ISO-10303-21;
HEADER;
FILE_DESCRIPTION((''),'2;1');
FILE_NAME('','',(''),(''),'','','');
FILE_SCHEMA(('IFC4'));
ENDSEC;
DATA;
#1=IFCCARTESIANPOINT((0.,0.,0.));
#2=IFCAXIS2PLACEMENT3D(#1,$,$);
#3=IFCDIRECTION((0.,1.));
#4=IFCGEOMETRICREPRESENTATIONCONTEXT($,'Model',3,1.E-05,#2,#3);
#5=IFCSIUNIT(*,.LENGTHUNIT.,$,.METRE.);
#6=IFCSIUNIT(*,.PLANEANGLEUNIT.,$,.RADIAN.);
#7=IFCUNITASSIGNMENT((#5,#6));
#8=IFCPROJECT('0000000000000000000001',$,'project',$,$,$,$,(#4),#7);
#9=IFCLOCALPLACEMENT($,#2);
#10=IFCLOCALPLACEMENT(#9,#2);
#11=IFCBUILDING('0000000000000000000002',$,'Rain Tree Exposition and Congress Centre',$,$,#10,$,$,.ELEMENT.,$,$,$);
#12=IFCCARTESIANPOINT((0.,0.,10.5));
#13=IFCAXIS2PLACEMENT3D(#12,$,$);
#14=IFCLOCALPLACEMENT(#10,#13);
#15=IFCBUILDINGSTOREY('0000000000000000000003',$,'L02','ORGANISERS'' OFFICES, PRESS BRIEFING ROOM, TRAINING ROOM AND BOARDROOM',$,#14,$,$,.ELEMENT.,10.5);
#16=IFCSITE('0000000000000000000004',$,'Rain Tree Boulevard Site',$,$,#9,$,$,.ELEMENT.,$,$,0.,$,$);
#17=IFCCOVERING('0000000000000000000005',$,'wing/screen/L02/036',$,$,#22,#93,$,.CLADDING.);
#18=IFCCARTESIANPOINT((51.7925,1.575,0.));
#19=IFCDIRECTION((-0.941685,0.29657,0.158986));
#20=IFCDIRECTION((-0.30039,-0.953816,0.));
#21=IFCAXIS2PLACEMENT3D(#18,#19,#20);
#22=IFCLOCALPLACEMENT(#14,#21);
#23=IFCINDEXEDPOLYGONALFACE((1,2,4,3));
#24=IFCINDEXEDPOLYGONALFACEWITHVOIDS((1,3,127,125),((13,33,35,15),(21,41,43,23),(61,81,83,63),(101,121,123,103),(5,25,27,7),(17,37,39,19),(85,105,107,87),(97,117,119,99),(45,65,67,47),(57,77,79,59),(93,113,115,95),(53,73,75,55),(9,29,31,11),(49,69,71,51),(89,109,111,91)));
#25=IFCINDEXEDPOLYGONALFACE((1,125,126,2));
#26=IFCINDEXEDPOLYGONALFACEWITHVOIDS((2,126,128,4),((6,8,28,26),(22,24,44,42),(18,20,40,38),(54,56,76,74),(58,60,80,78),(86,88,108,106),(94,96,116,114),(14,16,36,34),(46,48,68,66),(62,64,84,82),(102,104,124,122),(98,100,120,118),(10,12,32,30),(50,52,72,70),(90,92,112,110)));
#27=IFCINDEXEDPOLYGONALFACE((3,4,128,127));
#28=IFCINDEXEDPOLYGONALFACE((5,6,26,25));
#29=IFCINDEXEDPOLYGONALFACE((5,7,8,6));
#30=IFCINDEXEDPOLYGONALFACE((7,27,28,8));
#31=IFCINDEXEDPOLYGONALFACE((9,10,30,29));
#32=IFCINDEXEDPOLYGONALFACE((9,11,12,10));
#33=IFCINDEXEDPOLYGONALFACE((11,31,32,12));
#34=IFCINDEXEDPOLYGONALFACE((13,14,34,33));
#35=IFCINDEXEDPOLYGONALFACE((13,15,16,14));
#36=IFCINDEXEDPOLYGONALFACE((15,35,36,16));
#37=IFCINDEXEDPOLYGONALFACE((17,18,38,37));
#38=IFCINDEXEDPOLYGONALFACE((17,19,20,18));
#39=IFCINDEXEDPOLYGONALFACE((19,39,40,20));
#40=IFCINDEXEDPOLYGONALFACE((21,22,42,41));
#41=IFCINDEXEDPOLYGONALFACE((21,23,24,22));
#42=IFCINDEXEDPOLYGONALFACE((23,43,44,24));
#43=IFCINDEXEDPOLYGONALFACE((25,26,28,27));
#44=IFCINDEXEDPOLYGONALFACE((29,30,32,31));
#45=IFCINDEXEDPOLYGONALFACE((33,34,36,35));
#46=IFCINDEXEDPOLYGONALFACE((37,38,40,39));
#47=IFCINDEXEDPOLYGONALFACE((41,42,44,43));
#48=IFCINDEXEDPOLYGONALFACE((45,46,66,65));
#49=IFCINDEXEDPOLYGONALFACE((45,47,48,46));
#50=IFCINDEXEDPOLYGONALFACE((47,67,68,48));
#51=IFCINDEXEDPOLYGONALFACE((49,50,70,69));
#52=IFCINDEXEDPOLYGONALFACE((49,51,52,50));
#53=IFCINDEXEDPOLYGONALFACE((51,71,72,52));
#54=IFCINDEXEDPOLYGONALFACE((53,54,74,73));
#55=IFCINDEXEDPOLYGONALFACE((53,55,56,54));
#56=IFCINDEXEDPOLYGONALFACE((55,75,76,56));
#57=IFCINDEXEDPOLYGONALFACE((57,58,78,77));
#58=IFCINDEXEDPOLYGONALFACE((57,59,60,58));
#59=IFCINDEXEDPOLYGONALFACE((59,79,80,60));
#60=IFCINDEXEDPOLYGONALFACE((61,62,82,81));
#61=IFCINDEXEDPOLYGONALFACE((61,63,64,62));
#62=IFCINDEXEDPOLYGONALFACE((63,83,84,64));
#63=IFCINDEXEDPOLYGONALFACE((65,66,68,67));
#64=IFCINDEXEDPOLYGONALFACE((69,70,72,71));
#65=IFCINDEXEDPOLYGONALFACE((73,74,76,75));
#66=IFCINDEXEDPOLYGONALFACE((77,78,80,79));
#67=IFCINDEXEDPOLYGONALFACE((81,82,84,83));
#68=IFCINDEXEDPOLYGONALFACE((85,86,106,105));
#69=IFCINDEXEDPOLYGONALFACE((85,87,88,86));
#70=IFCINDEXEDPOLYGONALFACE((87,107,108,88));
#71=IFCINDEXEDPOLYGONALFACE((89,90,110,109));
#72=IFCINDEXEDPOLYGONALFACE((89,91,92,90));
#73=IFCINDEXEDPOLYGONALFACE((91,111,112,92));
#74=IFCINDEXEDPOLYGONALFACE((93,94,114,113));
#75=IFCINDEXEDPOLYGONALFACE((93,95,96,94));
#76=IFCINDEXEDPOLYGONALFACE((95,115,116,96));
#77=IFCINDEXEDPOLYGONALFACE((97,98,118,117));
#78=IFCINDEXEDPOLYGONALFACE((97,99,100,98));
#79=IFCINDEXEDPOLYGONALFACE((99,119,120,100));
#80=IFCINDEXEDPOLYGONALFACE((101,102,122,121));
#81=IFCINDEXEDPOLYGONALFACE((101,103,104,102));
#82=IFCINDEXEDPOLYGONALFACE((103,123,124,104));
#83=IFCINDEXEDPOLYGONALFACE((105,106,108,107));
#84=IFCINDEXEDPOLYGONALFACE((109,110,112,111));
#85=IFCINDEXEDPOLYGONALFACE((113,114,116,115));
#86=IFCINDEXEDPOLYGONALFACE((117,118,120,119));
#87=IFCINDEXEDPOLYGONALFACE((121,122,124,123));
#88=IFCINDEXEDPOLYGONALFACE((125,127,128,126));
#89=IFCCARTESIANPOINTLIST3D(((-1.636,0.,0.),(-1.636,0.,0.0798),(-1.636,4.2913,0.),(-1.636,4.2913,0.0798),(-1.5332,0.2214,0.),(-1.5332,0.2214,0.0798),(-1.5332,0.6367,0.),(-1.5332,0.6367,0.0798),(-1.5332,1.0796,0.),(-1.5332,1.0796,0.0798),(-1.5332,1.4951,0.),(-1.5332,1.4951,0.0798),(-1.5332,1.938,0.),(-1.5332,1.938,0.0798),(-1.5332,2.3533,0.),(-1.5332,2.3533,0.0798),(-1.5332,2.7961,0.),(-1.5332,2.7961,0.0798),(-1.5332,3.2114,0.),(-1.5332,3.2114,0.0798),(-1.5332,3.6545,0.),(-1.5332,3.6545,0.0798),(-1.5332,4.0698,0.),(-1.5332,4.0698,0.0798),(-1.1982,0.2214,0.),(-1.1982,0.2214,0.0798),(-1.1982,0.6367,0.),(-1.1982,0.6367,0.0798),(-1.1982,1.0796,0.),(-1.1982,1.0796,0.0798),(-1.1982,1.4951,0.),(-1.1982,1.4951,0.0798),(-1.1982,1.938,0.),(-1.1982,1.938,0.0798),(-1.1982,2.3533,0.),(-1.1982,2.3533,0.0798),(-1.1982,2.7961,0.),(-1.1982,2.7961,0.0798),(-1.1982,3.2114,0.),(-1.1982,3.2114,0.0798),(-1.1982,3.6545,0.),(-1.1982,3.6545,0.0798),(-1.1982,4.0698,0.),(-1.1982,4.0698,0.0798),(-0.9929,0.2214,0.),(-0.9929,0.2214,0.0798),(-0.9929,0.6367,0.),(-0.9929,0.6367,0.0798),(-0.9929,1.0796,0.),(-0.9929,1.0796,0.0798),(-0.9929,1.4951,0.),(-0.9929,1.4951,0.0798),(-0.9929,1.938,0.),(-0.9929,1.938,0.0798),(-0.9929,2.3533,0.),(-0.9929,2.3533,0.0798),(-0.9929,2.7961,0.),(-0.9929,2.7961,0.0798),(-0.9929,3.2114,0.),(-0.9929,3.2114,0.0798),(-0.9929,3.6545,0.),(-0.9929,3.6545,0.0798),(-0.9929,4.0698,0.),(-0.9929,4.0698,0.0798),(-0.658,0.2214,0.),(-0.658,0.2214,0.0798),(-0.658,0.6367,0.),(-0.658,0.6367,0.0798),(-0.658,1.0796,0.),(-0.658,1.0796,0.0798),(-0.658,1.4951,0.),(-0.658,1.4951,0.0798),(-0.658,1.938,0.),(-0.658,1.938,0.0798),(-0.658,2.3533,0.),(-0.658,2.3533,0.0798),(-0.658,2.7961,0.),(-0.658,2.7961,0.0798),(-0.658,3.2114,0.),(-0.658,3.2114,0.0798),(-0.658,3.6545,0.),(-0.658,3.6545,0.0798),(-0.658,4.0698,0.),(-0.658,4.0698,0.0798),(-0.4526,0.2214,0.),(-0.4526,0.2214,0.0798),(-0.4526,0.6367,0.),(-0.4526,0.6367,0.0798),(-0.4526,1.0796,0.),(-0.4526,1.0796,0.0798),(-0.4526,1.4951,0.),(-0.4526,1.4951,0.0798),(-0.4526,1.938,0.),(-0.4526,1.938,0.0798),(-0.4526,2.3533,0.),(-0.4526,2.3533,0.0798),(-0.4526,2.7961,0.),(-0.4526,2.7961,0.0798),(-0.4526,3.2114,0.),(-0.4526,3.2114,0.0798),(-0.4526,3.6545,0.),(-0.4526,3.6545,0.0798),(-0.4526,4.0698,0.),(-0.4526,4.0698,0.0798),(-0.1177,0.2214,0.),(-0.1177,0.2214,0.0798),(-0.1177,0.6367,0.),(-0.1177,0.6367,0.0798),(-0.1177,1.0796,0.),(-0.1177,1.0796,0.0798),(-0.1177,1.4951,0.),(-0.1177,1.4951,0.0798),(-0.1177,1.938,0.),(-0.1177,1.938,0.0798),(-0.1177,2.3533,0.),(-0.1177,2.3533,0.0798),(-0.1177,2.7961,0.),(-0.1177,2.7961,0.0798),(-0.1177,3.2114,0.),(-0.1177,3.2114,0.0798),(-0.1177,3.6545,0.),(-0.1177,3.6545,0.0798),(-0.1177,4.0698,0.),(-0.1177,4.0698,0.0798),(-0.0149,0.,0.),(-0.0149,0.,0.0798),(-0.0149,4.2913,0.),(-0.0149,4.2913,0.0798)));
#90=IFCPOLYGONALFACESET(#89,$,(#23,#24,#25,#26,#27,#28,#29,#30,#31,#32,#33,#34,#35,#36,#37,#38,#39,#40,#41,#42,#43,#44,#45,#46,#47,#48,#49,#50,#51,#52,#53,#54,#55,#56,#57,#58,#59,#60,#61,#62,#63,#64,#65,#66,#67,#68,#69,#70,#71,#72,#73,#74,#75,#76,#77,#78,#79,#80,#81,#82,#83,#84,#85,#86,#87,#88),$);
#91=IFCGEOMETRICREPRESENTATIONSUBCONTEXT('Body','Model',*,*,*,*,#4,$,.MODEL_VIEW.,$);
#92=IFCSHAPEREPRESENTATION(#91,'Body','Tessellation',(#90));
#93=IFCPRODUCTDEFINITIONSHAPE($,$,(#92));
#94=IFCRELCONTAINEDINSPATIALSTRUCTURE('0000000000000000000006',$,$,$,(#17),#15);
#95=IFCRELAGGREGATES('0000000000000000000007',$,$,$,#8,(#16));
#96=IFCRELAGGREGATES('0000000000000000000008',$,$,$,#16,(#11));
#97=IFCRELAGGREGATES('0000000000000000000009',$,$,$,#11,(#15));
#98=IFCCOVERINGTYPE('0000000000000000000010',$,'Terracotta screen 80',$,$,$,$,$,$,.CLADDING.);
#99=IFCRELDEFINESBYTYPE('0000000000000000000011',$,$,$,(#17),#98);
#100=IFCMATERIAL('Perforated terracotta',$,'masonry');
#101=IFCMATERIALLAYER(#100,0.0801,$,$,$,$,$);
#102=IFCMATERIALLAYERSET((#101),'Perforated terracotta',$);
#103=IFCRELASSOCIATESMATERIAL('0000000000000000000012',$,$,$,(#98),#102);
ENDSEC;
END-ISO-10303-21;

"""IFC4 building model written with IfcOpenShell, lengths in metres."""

from ifc_helpers import new_model, si_unit, direction, frame, origin, place, context, subcontext, project, spatial, polyline, outline, extrude, material, layer, layer_set, type_object, element, save


model = new_model("IFC4")

# Units and contexts
model_context = context("Model", 3, precision=1e-05, world=origin(), true_north=direction((0.0, 1.0)))
body_context = subcontext(model_context, "Body", "Model", "MODEL_VIEW")
ifc_project = project(units=[si_unit("LENGTHUNIT", "METRE"), si_unit("PLANEANGLEUNIT", "RADIAN")], contexts=[model_context])

# Site, building, storey
site_placement = place(None, origin())
site = spatial("IfcSite", under=ifc_project, at=site_placement, Name="Rain Tree Boulevard Site", CompositionType="ELEMENT", RefElevation=0.0)
building_placement = place(site_placement, origin())
building = spatial("IfcBuilding", under=site, at=building_placement, Name="Rain Tree Exposition and Congress Centre", CompositionType="ELEMENT")
storey_placement = place(building_placement, frame((0.0, 0.0, 10.5)))
storey = spatial("IfcBuildingStorey", under=building, at=storey_placement, Name="L02", Description="ORGANISERS' OFFICES, PRESS BRIEFING ROOM, TRAINING ROOM AND BOARDROOM", CompositionType="ELEMENT", Elevation=10.5)

# Covering
ifc_material_1 = material(Name="Perforated terracotta", Category="masonry")
ifc_layer_1 = layer(ifc_material_1, 0.0801)
ifc_layer_set_1 = layer_set([ifc_layer_1], Name="Perforated terracotta")
covering_type = type_object("IfcCoveringType", Name="Terracotta screen 80", PredefinedType="CLADDING", material=ifc_layer_set_1)
covering_1_placement = place(storey_placement, frame((51.7925, 1.575, 0.0), z_axis=(-0.941685, 0.29657, 0.158986), x_axis=(-0.30039, -0.953816, 0.0)))
element("IfcCovering", 1, at=covering_1_placement, inside=storey, type_object=covering_type, Name="wing/screen/L02/036", PredefinedType="CLADDING", context=body_context, shape_type="SweptSolid", body=[
    extrude(outline(polyline([(-1.636, 0.0), (-1.636, 4.2913), (-0.0149, 4.2913), (-0.0149, 0.0), (-1.636, 0.0)]), holes=[polyline([(-0.1177, 0.2214), (-0.1177, 0.6367), (-0.4526, 0.6367), (-0.4526, 0.2214), (-0.1177, 0.2214)]), polyline([(-0.1177, 1.0796), (-0.1177, 1.4951), (-0.4526, 1.4951), (-0.4526, 1.0796), (-0.1177, 1.0796)]), polyline([(-0.1177, 1.938), (-0.1177, 2.3533), (-0.4526, 2.3533), (-0.4526, 1.938), (-0.1177, 1.938)]), polyline([(-0.1177, 2.7961), (-0.1177, 3.2114), (-0.4526, 3.2114), (-0.4526, 2.7961), (-0.1177, 2.7961)]), polyline([(-0.1177, 3.6545), (-0.1177, 4.0698), (-0.4526, 4.0698), (-0.4526, 3.6545), (-0.1177, 3.6545)]), polyline([(-0.658, 0.2214), (-0.658, 0.6367), (-0.9929, 0.6367), (-0.9929, 0.2214), (-0.658, 0.2214)]), polyline([(-0.658, 1.0796), (-0.658, 1.4951), (-0.9929, 1.4951), (-0.9929, 1.0796), (-0.658, 1.0796)]), polyline([(-0.658, 1.938), (-0.658, 2.3533), (-0.9929, 2.3533), (-0.9929, 1.938), (-0.658, 1.938)]), polyline([(-0.658, 2.7961), (-0.658, 3.2114), (-0.9929, 3.2114), (-0.9929, 2.7961), (-0.658, 2.7961)]), polyline([(-0.658, 3.6545), (-0.658, 4.0698), (-0.9929, 4.0698), (-0.9929, 3.6545), (-0.658, 3.6545)]), polyline([(-1.1982, 0.2214), (-1.1982, 0.6367), (-1.5332, 0.6367), (-1.5332, 0.2214), (-1.1982, 0.2214)]), polyline([(-1.1982, 1.0796), (-1.1982, 1.4951), (-1.5332, 1.4951), (-1.5332, 1.0796), (-1.1982, 1.0796)]), polyline([(-1.1982, 1.938), (-1.1982, 2.3533), (-1.5332, 2.3533), (-1.5332, 1.938), (-1.1982, 1.938)]), polyline([(-1.1982, 2.7961), (-1.1982, 3.2114), (-1.5332, 3.2114), (-1.5332, 2.7961), (-1.1982, 2.7961)]), polyline([(-1.1982, 3.6545), (-1.1982, 4.0698), (-1.5332, 4.0698), (-1.5332, 3.6545), (-1.1982, 3.6545)])]), origin(), (0.0, 0.0, 1.0), 0.0798),
])

save(model, "model.ifc")
